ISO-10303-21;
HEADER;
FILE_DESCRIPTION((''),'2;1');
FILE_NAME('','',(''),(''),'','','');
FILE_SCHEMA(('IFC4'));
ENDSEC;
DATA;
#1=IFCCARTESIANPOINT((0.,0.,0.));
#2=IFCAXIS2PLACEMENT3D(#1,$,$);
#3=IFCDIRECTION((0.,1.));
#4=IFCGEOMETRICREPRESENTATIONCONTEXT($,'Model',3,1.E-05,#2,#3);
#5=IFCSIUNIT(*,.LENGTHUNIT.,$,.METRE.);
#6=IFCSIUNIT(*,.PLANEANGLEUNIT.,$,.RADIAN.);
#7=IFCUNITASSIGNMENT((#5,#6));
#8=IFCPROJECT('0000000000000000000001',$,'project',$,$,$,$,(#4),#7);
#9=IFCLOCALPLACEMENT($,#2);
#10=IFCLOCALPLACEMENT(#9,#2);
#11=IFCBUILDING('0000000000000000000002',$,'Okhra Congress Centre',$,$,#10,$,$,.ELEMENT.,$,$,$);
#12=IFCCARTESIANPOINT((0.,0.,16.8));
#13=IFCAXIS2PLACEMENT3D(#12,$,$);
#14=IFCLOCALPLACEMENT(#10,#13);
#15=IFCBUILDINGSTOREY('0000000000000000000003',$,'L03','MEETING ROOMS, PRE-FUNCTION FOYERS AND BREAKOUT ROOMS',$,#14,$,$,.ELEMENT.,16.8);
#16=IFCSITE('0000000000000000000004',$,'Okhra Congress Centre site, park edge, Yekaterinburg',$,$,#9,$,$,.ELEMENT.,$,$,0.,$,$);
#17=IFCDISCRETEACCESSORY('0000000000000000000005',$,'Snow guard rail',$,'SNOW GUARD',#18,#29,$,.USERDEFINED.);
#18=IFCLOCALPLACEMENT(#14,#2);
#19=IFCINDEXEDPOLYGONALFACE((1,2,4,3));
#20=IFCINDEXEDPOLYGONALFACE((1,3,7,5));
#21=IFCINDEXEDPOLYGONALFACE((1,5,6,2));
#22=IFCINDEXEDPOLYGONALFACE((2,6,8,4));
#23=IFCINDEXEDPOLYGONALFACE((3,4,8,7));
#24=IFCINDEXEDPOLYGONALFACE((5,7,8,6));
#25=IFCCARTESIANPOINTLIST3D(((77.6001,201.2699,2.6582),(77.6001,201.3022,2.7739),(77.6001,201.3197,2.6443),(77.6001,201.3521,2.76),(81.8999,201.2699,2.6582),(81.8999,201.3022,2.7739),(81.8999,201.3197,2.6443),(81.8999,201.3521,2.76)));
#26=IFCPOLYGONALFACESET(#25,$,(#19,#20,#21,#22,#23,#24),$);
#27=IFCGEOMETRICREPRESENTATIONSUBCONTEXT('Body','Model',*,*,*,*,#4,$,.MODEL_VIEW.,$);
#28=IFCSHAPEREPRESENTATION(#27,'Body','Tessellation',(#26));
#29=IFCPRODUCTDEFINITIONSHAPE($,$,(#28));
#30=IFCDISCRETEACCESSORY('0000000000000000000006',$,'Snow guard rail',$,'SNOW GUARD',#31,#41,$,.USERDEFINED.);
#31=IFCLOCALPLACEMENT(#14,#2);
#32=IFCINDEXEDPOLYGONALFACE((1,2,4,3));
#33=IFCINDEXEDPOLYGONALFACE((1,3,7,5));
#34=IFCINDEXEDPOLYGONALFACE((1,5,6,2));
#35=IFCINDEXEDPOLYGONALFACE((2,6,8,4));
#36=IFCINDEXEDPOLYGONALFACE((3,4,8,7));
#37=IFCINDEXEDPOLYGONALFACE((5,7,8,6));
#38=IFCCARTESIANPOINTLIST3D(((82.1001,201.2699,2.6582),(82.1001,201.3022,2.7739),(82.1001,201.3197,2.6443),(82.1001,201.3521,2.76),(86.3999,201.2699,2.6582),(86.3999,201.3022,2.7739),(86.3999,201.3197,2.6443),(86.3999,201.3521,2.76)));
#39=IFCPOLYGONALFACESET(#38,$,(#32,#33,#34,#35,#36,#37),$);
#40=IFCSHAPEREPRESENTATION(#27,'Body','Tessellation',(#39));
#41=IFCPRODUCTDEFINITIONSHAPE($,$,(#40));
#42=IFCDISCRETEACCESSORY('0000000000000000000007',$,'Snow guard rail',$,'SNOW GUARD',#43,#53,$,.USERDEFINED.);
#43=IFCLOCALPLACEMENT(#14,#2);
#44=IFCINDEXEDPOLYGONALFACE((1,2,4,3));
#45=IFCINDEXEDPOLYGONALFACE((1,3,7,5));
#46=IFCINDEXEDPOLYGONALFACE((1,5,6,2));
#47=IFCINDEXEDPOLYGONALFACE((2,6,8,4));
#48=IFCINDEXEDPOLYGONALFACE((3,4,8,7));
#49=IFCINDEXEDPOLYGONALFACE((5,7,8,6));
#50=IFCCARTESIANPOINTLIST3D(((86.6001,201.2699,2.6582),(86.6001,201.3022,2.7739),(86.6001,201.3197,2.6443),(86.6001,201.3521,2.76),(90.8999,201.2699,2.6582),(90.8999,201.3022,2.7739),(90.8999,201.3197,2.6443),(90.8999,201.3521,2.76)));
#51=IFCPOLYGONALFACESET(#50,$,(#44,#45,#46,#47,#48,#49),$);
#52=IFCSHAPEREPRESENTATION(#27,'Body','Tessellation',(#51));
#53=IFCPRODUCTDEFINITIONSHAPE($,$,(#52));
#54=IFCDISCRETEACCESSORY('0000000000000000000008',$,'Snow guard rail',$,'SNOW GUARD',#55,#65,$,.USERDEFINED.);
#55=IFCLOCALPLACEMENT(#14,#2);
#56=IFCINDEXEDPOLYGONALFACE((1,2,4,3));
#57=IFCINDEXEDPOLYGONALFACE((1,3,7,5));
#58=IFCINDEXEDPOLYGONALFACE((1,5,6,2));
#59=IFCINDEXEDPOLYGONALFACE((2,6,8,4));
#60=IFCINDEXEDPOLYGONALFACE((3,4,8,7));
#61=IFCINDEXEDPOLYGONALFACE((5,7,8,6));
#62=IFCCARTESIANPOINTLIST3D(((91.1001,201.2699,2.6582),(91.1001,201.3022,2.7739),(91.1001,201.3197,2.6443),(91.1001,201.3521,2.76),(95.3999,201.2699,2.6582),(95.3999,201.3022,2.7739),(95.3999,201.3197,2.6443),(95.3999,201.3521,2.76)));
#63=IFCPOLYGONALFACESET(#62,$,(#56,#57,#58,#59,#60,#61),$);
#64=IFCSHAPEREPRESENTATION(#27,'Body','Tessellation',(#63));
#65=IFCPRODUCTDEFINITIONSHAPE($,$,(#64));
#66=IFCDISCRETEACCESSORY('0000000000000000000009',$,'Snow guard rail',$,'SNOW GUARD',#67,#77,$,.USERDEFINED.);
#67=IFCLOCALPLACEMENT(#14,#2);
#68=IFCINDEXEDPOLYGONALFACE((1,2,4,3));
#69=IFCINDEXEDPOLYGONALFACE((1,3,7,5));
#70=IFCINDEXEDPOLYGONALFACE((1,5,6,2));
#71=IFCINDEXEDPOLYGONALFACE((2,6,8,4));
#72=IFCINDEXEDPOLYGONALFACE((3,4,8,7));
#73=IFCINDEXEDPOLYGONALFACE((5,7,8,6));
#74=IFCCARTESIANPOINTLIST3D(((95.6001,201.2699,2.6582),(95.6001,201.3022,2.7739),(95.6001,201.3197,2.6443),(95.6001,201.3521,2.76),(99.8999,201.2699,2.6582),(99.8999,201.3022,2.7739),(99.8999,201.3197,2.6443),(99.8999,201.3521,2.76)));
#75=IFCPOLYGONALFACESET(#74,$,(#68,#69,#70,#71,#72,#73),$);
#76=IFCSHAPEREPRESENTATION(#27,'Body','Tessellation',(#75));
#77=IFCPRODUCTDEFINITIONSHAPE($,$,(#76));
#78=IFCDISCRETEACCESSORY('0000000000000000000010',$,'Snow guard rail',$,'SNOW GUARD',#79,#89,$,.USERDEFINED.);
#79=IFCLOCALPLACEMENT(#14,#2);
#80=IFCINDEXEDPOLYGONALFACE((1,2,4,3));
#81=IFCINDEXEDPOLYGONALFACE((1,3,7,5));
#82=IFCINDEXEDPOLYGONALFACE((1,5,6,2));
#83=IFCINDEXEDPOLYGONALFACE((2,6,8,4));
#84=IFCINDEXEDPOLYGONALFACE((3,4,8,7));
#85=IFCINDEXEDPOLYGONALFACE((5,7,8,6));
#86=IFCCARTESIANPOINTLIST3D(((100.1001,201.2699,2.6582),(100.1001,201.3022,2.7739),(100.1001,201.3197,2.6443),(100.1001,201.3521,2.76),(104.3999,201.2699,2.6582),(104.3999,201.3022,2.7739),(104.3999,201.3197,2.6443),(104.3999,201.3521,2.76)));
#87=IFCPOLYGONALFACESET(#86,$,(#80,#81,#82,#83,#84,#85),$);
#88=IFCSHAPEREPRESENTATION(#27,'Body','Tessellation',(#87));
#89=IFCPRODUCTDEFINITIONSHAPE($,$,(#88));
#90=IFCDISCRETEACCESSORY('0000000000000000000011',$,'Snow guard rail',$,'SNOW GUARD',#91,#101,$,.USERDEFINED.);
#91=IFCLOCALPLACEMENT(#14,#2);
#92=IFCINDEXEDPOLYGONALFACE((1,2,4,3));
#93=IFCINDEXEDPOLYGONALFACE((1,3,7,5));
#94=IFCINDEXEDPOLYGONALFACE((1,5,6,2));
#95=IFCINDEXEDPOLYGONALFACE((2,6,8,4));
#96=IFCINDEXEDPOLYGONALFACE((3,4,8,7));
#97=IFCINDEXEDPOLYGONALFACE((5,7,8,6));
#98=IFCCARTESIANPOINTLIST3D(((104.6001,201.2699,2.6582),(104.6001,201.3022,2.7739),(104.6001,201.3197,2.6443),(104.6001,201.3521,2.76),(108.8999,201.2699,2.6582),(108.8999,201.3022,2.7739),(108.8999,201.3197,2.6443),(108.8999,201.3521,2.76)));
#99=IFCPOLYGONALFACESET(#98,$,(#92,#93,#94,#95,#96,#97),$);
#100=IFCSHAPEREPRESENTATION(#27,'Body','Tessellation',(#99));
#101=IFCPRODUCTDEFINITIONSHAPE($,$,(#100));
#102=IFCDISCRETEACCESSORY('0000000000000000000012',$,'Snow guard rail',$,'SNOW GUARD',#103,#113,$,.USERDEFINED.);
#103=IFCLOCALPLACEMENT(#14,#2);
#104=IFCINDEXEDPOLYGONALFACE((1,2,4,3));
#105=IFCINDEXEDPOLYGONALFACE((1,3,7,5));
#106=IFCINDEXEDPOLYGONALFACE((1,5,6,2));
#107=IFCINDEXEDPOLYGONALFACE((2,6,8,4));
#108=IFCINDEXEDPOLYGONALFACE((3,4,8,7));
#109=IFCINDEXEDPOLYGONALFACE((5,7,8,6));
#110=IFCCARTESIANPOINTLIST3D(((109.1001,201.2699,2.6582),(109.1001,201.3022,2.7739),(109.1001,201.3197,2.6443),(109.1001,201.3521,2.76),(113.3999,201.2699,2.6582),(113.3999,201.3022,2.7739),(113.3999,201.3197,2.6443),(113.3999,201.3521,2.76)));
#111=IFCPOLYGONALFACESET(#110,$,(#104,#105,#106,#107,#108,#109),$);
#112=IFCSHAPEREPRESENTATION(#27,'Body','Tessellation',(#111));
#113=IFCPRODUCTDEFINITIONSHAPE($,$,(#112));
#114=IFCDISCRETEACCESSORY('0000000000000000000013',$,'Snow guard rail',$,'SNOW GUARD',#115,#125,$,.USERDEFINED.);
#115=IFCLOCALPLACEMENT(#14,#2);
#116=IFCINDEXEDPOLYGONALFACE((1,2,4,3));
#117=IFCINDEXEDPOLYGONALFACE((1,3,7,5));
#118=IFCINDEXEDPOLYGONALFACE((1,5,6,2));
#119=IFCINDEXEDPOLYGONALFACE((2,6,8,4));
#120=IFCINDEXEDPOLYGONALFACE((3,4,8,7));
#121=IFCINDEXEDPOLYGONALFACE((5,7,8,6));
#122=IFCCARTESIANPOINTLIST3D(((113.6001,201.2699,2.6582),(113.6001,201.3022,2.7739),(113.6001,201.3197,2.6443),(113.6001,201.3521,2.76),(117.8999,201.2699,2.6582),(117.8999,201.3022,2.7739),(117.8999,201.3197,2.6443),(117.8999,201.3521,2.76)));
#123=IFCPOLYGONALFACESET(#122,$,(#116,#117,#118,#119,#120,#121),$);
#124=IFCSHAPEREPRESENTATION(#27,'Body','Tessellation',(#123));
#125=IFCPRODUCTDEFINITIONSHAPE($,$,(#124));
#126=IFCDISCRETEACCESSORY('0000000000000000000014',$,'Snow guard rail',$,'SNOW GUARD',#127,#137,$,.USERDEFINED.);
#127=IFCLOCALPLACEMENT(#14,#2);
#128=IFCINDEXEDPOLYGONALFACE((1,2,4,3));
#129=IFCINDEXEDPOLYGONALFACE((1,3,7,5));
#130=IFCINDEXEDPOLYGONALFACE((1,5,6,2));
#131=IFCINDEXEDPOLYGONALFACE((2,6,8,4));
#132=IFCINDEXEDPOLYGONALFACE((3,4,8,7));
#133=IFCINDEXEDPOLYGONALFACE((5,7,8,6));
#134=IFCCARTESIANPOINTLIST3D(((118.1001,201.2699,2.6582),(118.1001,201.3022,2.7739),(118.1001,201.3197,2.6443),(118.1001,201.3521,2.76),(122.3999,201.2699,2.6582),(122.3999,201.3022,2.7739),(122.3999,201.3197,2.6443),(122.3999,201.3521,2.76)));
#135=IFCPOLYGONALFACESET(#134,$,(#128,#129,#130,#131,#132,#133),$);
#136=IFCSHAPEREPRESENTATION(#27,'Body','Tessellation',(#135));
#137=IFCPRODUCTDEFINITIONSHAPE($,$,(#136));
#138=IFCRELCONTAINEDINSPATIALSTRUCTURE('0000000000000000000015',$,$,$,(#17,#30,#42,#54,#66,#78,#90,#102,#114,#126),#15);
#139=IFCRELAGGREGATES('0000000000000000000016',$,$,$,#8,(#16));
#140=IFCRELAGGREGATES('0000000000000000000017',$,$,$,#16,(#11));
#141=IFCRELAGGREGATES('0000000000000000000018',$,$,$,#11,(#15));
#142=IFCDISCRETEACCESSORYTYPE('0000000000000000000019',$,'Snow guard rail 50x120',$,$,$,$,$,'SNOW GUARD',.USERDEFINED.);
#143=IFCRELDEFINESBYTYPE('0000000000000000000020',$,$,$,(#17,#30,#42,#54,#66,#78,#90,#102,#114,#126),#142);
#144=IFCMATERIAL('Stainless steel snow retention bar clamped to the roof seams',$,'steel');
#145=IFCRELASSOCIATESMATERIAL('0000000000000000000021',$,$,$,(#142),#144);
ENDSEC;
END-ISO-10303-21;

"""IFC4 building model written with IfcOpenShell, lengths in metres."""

from ifc_helpers import new_model, si_unit, direction, frame, origin, place, context, subcontext, project, spatial, polyline, outline, extrude, material, type_object, element, save


model = new_model("IFC4")

# Units and contexts
model_context = context("Model", 3, precision=1e-05, world=origin(), true_north=direction((0.0, 1.0)))
body_context = subcontext(model_context, "Body", "Model", "MODEL_VIEW")
ifc_project = project(units=[si_unit("LENGTHUNIT", "METRE"), si_unit("PLANEANGLEUNIT", "RADIAN")], contexts=[model_context])

# Site, building, storey
site_placement = place(None, origin())
site = spatial("IfcSite", under=ifc_project, at=site_placement, Name="Okhra Congress Centre site, park edge, Yekaterinburg", CompositionType="ELEMENT", RefElevation=0.0)
building_placement = place(site_placement, origin())
building = spatial("IfcBuilding", under=site, at=building_placement, Name="Okhra Congress Centre", CompositionType="ELEMENT")
storey_placement = place(building_placement, frame((0.0, 0.0, 16.8)))
storey = spatial("IfcBuildingStorey", under=building, at=storey_placement, Name="L03", Description="MEETING ROOMS, PRE-FUNCTION FOYERS AND BREAKOUT ROOMS", CompositionType="ELEMENT", Elevation=16.8)

# Discrete accessories
ifc_material_1 = material(Name="Stainless steel snow retention bar clamped to the roof seams", Category="steel")
discrete_accessory_type = type_object("IfcDiscreteAccessoryType", Name="Snow guard rail 50x120", ElementType="SNOW GUARD", PredefinedType="USERDEFINED", material=ifc_material_1)
for number, where, z_axis, x_axis, name in (
    (1, (77.6001, 201.3022, 2.7739), (0.0, 0.269105, 0.963111), (1.0, 0.0, 0.0), "Snow guard rail"),
    (2, (82.1001, 201.3022, 2.7739), (0.0, 0.269105, 0.963111), (1.0, 0.0, 0.0), "Snow guard rail"),
    (3, (86.6001, 201.3022, 2.7739), (0.0, 0.269105, 0.963111), (1.0, 0.0, 0.0), "Snow guard rail"),
    (4, (91.1001, 201.3022, 2.7739), (0.0, 0.269105, 0.963111), (1.0, 0.0, 0.0), "Snow guard rail"),
    (5, (95.6001, 201.3022, 2.7739), (0.0, 0.269105, 0.963111), (1.0, 0.0, 0.0), "Snow guard rail"),
    (6, (100.1001, 201.3022, 2.7739), (0.0, 0.269105, 0.963111), (1.0, 0.0, 0.0), "Snow guard rail"),
    (7, (104.6001, 201.3022, 2.7739), (0.0, 0.269105, 0.963111), (1.0, 0.0, 0.0), "Snow guard rail"),
    (8, (109.1001, 201.3022, 2.7739), (0.0, 0.269105, 0.963111), (1.0, 0.0, 0.0), "Snow guard rail"),
    (9, (113.6001, 201.3022, 2.7739), (0.0, 0.269105, 0.963111), (1.0, 0.0, 0.0), "Snow guard rail"),
    (10, (118.1001, 201.3022, 2.7739), (0.0, 0.269105, 0.963111), (1.0, 0.0, 0.0), "Snow guard rail"),
):
    element("IfcDiscreteAccessory", number, at=place(storey_placement, frame(where, z_axis=z_axis, x_axis=x_axis)), inside=storey, type_object=discrete_accessory_type, Name=name, ObjectType="SNOW GUARD", PredefinedType="USERDEFINED", context=body_context, shape_type="SweptSolid", body=[
        extrude(outline(polyline([(0.0, 0.0), (4.2998, 0.0), (4.2998, 0.0517), (0.0, 0.0517), (0.0, 0.0)])), origin(), (0.0, 0.0, -1.0), 0.1201),
    ])

save(model, "model.ifc")
